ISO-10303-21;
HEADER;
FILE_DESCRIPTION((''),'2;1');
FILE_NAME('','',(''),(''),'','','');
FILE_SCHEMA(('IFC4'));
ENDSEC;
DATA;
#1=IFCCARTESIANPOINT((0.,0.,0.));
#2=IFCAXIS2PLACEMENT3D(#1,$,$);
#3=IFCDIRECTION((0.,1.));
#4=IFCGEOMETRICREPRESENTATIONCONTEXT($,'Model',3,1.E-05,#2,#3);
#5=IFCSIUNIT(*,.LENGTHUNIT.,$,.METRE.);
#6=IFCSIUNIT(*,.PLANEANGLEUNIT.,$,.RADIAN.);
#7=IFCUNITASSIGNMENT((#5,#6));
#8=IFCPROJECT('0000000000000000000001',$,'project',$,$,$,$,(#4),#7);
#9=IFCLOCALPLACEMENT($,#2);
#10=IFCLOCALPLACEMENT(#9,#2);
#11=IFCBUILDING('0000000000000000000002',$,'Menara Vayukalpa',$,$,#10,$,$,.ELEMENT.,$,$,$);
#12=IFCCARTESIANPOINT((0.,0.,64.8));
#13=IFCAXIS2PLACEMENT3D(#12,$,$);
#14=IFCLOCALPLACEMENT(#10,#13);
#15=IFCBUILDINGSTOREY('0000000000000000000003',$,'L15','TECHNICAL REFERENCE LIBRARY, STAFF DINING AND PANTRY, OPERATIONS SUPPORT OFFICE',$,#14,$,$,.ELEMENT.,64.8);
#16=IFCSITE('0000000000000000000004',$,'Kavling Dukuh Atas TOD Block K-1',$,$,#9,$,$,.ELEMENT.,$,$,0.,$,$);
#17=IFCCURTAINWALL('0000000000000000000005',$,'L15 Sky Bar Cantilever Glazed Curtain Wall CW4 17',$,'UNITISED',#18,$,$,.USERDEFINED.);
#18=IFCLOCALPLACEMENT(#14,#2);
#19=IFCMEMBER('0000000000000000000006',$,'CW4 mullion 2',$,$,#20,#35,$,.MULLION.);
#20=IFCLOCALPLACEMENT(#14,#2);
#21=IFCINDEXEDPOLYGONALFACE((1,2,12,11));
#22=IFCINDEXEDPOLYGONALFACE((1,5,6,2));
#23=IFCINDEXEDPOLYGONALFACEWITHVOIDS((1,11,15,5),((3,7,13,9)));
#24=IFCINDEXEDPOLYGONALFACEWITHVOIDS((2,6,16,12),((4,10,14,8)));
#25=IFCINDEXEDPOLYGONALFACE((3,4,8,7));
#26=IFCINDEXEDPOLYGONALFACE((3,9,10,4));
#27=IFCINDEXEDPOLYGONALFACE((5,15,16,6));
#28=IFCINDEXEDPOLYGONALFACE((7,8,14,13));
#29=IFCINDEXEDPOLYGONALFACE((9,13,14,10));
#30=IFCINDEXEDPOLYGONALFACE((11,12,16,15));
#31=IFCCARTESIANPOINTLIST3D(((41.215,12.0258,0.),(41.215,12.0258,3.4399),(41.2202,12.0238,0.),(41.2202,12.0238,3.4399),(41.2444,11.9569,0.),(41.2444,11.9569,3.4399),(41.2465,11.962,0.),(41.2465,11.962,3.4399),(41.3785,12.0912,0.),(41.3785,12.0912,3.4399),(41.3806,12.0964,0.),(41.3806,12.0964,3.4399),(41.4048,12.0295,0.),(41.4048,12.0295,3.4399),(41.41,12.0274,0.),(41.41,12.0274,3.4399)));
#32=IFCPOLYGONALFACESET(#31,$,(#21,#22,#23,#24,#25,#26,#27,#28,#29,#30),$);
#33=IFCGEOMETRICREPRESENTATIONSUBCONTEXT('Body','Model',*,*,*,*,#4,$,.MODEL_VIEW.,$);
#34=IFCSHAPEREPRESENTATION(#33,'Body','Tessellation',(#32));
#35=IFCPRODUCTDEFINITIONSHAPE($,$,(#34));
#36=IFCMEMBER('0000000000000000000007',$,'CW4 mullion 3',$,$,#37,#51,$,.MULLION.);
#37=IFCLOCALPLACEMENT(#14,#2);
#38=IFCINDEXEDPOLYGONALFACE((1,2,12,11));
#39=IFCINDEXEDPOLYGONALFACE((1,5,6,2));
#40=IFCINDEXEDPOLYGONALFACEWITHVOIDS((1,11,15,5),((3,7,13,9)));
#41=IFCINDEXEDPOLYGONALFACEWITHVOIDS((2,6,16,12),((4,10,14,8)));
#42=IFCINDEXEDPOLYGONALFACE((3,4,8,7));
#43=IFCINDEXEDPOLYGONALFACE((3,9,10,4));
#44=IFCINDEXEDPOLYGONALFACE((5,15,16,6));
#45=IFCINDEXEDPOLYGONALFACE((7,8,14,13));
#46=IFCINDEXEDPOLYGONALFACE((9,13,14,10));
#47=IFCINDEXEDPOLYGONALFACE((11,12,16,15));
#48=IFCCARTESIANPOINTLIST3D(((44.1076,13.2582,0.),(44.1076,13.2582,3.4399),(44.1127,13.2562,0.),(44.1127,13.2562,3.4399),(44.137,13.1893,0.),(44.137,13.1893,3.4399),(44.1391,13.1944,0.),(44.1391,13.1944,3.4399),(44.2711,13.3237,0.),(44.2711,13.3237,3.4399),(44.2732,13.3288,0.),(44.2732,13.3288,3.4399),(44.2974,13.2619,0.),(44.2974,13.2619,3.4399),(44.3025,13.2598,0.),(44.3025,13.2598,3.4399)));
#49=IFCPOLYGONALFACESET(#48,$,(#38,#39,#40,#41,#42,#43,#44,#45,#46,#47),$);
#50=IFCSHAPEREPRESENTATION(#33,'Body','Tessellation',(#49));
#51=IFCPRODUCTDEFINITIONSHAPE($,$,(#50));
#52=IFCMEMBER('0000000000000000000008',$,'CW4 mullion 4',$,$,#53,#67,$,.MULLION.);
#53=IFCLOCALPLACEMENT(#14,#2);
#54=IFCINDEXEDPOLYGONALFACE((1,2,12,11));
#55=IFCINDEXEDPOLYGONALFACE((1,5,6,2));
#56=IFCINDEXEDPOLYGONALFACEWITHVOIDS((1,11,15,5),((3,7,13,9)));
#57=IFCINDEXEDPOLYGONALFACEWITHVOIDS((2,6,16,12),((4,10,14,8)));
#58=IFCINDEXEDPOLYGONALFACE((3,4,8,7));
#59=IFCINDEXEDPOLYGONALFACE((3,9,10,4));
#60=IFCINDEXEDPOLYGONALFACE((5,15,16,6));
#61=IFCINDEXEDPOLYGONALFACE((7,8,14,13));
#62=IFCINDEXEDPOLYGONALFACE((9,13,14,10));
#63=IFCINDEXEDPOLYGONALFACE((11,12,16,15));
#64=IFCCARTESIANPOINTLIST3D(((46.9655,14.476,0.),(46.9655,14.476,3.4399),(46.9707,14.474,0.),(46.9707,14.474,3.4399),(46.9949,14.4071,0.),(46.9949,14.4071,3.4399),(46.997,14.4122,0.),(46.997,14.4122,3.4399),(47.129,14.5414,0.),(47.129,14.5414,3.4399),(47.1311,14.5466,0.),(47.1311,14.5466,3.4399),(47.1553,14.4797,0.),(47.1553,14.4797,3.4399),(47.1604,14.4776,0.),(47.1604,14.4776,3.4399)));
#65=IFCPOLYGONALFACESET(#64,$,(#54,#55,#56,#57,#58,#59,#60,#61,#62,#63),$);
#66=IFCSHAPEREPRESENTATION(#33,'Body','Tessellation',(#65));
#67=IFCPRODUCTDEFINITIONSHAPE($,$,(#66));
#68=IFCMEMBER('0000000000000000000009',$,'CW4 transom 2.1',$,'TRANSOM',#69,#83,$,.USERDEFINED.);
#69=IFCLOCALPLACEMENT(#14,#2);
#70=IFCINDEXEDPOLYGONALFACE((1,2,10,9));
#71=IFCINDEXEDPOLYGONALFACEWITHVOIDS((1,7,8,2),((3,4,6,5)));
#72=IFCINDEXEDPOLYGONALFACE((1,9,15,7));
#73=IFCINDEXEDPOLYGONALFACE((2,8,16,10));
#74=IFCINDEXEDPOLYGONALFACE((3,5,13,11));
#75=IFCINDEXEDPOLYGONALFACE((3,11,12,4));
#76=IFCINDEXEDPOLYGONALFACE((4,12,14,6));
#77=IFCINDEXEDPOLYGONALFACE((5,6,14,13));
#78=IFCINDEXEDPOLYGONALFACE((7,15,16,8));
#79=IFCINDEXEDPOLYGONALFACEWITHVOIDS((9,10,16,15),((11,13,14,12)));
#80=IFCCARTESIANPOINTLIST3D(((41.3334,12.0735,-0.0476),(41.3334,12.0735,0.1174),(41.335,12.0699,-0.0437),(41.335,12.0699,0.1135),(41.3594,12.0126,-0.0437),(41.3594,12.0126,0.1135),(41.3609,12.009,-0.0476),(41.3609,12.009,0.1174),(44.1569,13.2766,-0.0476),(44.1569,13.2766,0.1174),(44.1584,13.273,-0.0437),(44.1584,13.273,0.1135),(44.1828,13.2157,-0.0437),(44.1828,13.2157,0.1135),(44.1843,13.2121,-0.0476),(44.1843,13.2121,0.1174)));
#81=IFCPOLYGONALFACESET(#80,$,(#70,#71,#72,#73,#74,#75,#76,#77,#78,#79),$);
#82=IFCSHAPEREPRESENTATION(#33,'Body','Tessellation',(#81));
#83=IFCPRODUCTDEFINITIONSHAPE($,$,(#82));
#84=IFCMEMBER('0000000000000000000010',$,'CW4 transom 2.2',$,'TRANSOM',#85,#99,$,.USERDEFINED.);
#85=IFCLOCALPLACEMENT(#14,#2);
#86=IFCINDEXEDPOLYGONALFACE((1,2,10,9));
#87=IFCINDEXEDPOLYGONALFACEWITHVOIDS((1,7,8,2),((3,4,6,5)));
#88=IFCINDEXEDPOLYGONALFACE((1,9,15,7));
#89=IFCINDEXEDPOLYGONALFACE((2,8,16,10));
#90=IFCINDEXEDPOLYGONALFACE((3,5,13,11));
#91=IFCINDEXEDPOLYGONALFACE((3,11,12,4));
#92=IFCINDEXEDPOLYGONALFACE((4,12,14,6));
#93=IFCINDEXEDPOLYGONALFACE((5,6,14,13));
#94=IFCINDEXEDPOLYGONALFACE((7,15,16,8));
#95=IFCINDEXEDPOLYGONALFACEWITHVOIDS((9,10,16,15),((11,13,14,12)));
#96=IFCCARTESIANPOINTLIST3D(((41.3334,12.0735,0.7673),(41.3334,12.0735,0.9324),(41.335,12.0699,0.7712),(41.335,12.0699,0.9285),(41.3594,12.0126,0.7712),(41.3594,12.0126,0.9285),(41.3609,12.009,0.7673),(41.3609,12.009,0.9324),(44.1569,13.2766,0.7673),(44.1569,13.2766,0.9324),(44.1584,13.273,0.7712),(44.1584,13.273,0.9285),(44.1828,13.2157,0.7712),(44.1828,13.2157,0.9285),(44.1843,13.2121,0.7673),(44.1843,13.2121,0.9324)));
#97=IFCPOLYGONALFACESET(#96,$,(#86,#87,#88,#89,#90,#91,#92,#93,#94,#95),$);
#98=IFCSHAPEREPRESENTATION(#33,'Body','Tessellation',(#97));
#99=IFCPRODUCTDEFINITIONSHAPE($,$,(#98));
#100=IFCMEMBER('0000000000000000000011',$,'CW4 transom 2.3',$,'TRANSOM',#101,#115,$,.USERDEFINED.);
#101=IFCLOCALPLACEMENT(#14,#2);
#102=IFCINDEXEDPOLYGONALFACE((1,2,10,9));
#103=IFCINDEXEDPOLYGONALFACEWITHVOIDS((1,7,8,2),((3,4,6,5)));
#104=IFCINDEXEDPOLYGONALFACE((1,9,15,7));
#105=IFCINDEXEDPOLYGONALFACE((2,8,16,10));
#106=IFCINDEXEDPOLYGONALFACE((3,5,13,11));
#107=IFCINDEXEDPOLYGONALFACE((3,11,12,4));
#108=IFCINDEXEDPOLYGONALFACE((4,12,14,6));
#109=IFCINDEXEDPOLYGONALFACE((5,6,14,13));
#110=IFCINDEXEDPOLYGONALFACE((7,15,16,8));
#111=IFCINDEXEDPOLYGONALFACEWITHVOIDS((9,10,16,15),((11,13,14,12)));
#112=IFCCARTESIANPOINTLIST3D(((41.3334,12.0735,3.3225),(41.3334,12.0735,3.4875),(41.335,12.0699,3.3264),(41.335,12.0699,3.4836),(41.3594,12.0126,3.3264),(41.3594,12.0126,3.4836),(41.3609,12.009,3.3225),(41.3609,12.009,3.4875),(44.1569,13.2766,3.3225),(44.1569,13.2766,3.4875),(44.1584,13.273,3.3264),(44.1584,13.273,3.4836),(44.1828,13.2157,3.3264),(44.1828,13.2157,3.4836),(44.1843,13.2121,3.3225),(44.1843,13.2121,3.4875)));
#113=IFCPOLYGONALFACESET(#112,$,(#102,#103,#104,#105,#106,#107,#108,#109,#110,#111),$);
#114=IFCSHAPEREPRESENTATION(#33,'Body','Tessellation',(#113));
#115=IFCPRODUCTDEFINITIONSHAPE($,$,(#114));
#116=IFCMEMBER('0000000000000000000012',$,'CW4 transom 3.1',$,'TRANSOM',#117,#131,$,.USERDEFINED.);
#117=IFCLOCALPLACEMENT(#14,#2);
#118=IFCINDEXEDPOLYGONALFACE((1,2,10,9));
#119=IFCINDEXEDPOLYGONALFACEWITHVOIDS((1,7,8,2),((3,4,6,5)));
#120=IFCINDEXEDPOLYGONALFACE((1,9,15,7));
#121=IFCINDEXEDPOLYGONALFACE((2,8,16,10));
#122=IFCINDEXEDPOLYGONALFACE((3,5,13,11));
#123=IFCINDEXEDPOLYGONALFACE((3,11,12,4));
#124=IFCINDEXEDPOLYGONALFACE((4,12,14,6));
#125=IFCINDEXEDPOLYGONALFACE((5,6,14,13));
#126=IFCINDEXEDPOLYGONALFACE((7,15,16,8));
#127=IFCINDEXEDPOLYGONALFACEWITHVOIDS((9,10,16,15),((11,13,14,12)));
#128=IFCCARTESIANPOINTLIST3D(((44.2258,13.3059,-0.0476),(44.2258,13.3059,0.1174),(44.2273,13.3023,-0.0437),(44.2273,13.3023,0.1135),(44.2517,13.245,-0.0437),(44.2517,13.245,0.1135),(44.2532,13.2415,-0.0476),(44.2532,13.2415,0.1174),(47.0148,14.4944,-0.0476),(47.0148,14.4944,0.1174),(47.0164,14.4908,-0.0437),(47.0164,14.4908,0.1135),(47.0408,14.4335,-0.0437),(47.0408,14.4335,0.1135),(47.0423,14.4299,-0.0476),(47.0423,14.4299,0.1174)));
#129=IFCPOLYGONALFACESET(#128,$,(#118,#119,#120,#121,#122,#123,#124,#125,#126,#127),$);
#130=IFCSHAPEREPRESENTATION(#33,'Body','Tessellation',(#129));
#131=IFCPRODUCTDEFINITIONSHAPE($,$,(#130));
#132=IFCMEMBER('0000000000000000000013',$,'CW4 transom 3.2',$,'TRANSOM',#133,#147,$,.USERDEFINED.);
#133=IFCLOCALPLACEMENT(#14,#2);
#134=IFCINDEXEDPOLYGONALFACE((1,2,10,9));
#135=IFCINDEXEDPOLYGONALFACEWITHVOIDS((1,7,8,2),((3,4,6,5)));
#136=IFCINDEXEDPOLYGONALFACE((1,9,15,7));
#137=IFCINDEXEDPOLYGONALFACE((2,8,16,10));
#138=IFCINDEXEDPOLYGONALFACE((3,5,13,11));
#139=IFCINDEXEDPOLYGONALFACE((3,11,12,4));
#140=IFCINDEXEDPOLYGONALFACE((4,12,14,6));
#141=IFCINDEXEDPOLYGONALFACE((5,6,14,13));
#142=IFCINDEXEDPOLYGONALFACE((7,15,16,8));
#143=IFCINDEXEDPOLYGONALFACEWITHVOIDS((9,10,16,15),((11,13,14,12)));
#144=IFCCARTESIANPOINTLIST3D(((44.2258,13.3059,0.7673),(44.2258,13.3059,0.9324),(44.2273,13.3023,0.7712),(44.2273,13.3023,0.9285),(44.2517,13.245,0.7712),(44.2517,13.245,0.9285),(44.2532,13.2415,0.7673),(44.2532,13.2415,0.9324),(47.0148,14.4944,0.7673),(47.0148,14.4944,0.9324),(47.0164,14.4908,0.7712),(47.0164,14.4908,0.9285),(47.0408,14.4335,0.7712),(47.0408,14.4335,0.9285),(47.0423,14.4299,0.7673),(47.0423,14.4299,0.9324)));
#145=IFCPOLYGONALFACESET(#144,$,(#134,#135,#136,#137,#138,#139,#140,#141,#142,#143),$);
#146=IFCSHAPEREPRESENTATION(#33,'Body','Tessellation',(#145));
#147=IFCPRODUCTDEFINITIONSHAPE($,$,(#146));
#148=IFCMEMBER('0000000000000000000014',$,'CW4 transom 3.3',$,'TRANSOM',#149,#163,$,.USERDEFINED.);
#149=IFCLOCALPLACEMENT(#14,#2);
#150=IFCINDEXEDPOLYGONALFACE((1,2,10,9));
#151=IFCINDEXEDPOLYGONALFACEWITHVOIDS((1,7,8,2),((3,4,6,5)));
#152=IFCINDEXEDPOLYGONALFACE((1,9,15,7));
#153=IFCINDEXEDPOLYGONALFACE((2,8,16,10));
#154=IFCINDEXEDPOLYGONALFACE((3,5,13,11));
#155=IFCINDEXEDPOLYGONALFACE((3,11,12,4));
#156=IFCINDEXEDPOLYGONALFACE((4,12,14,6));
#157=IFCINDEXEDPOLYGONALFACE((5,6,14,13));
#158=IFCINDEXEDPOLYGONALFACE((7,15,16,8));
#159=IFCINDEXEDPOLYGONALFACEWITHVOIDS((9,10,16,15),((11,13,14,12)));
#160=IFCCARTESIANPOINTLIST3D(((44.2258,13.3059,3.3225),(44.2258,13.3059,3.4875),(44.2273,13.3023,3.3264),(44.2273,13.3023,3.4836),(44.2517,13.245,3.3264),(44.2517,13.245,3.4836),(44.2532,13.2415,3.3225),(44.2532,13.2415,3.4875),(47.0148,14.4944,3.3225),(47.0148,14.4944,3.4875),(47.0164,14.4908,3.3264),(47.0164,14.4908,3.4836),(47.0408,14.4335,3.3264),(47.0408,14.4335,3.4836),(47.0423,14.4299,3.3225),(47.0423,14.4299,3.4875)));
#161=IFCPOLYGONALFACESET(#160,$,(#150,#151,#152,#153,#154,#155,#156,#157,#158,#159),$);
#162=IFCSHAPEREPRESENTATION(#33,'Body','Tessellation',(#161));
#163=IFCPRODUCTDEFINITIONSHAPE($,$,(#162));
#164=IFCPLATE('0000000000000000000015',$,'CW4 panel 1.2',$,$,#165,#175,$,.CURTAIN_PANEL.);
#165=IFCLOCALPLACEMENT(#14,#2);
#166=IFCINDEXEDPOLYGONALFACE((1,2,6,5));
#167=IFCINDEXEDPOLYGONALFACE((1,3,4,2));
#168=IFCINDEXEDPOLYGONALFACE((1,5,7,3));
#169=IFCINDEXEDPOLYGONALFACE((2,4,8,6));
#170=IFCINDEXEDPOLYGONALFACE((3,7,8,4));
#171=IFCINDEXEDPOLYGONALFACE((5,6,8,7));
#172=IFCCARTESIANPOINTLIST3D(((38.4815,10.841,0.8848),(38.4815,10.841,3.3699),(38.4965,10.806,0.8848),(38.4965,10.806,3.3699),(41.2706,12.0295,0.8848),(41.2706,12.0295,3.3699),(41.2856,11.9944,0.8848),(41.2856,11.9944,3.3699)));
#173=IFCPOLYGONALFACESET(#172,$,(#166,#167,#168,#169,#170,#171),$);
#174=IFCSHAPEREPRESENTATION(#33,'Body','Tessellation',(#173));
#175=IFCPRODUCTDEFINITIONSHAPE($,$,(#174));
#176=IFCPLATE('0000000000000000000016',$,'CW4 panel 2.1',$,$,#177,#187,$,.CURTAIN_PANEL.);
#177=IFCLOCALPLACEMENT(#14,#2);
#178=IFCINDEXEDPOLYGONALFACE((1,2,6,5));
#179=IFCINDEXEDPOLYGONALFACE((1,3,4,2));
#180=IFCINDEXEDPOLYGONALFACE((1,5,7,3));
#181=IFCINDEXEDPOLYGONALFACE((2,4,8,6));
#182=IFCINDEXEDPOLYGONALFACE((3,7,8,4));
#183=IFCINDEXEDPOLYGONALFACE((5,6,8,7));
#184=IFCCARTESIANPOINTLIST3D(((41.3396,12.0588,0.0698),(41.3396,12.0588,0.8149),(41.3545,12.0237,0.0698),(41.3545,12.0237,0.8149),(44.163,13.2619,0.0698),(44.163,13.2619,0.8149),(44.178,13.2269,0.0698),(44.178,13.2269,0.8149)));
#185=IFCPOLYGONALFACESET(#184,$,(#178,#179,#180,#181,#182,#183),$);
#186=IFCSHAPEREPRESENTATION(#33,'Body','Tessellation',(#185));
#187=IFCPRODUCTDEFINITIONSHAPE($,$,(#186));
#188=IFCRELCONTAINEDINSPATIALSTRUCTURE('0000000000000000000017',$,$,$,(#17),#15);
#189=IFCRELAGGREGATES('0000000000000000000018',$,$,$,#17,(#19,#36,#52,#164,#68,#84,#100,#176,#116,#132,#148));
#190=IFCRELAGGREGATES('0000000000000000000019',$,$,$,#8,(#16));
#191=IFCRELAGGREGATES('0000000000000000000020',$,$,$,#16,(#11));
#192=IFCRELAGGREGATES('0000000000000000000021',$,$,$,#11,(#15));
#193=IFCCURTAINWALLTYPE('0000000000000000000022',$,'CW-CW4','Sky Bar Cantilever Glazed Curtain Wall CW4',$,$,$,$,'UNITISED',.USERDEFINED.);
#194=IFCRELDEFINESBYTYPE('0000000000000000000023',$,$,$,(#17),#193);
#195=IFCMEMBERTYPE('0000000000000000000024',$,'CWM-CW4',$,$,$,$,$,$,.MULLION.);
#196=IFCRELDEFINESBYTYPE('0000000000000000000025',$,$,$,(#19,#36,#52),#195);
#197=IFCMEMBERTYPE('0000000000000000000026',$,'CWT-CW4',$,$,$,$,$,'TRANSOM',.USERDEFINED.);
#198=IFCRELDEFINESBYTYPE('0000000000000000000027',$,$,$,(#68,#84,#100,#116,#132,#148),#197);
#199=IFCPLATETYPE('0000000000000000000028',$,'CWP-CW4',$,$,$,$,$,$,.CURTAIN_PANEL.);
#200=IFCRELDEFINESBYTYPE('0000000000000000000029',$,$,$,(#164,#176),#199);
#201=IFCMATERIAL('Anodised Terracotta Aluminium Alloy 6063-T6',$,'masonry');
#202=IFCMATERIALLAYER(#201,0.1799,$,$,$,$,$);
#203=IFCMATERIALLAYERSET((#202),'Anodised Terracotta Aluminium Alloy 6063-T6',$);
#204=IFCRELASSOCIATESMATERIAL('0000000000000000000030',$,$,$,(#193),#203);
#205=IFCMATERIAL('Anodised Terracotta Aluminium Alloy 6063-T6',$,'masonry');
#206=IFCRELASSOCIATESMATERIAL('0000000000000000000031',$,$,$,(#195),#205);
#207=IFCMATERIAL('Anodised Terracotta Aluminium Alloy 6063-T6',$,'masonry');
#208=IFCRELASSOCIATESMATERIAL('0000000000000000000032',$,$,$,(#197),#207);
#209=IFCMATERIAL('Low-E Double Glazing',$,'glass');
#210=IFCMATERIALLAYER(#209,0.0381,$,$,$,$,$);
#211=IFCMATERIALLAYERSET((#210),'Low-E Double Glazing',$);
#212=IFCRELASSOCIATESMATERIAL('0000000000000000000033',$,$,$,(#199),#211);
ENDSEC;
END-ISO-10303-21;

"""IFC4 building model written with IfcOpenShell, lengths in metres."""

from ifc_helpers import new_model, si_unit, direction, frame, origin, origin_2d, place, context, subcontext, project, spatial, rectangle, hollow_rectangle, extrude, material, layer, layer_set, material_profile, profile_set, type_object, element, aggregate, save


model = new_model("IFC4")

# Units and contexts
model_context = context("Model", 3, precision=1e-05, world=origin(), true_north=direction((0.0, 1.0)))
body_context = subcontext(model_context, "Body", "Model", "MODEL_VIEW")
ifc_project = project(units=[si_unit("LENGTHUNIT", "METRE"), si_unit("PLANEANGLEUNIT", "RADIAN")], contexts=[model_context])

# Site, building, storey
site_placement = place(None, origin())
site = spatial("IfcSite", under=ifc_project, at=site_placement, Name="Kavling Dukuh Atas TOD Block K-1", CompositionType="ELEMENT", RefElevation=0.0)
building_placement = place(site_placement, origin())
building = spatial("IfcBuilding", under=site, at=building_placement, Name="Menara Vayukalpa", CompositionType="ELEMENT")
storey_placement = place(building_placement, frame((0.0, 0.0, 64.8)))
storey = spatial("IfcBuildingStorey", under=building, at=storey_placement, Name="L15", Description="TECHNICAL REFERENCE LIBRARY, STAFF DINING AND PANTRY, OPERATIONS SUPPORT OFFICE", CompositionType="ELEMENT", Elevation=64.8)

# Curtain wall, members, plates
ifc_material_1 = material(Name="Anodised Terracotta Aluminium Alloy 6063-T6", Category="masonry")
ifc_layer_1 = layer(ifc_material_1, 0.1799)
ifc_layer_set_1 = layer_set([ifc_layer_1], Name="Anodised Terracotta Aluminium Alloy 6063-T6")
curtain_wall_type = type_object("IfcCurtainWallType", Name="CW-CW4", Description="Sky Bar Cantilever Glazed Curtain Wall CW4", ElementType="UNITISED", PredefinedType="USERDEFINED", material=ifc_layer_set_1)
curtain_wall_placement = place(storey_placement, origin())
curtain_wall = element("IfcCurtainWall", 1, at=curtain_wall_placement, inside=storey, type_object=curtain_wall_type, Name="L15 Sky Bar Cantilever Glazed Curtain Wall CW4 17", ObjectType="UNITISED", PredefinedType="USERDEFINED")
ifc_material_2 = material(Name="Anodised Terracotta Aluminium Alloy 6063-T6", Category="masonry")
ifc_material_profile_1 = material_profile(ifc_material_2, hollow_rectangle(XDim=0.075, YDim=0.1799, WallThickness=0.0039, at=origin_2d()), Name="ALU 75x180x4")
ifc_profile_set_1 = profile_set([ifc_material_profile_1], Name="Anodised Terracotta Aluminium Alloy 6063-T6")
member_type_1 = type_object("IfcMemberType", Name="CWM-CW4", PredefinedType="MULLION", material=ifc_profile_set_1)
member_1_placement = place(storey_placement, frame((41.3125, 12.0266, 0.0), z_axis=(0.0, 0.0, 1.0), x_axis=(-0.392008, 0.919962, 0.0)))
member_1 = element("IfcMember", 2, at=member_1_placement, type_object=member_type_1, Name="CW4 mullion 2", PredefinedType="MULLION", context=body_context, shape_type="SweptSolid", body=[
    extrude(hollow_rectangle(XDim=0.075, YDim=0.1799, WallThickness=0.0039, at=origin_2d()), origin(), (0.0, 0.0, 1.0), 3.4399),
])
member_2_placement = place(storey_placement, frame((44.2051, 13.259, 0.0), z_axis=(0.0, 0.0, 1.0), x_axis=(-0.392008, 0.919962, 0.0)))
member_2 = element("IfcMember", 3, at=member_2_placement, type_object=member_type_1, Name="CW4 mullion 3", PredefinedType="MULLION", context=body_context, shape_type="SweptSolid", body=[
    extrude(hollow_rectangle(XDim=0.075, YDim=0.1799, WallThickness=0.0039, at=origin_2d()), origin(), (0.0, 0.0, 1.0), 3.4399),
])
member_3_placement = place(storey_placement, frame((47.063, 14.4768, 0.0), z_axis=(0.0, 0.0, 1.0), x_axis=(-0.392008, 0.919962, 0.0)))
member_3 = element("IfcMember", 4, at=member_3_placement, type_object=member_type_1, Name="CW4 mullion 4", PredefinedType="MULLION", context=body_context, shape_type="SweptSolid", body=[
    extrude(hollow_rectangle(XDim=0.075, YDim=0.1799, WallThickness=0.0039, at=origin_2d()), origin(), (0.0, 0.0, 1.0), 3.4399),
])
ifc_material_3 = material(Name="Anodised Terracotta Aluminium Alloy 6063-T6", Category="masonry")
ifc_material_profile_2 = material_profile(ifc_material_3, hollow_rectangle(XDim=0.0701, YDim=0.165, WallThickness=0.0039, at=origin_2d()), Name="ALU 70x165x4")
ifc_profile_set_2 = profile_set([ifc_material_profile_2], Name="Anodised Terracotta Aluminium Alloy 6063-T6")
member_type_2 = type_object("IfcMemberType", Name="CWT-CW4", ElementType="TRANSOM", PredefinedType="USERDEFINED", material=ifc_profile_set_2)
member_4_placement = place(storey_placement, frame((41.3472, 12.0413, 0.0349), z_axis=(0.919962, 0.392008, 0.0), x_axis=(-0.392008, 0.919962, 0.0)))
member_4 = element("IfcMember", 5, at=member_4_placement, type_object=member_type_2, Name="CW4 transom 2.1", ObjectType="TRANSOM", PredefinedType="USERDEFINED", context=body_context, shape_type="SweptSolid", body=[
    extrude(hollow_rectangle(XDim=0.0701, YDim=0.165, WallThickness=0.0039, at=origin_2d()), origin(), (0.0, 0.0, 1.0), 3.0691),
])
member_5_placement = place(storey_placement, frame((41.3472, 12.0413, 0.8499), z_axis=(0.919962, 0.392008, 0.0), x_axis=(-0.392008, 0.919962, 0.0)))
member_5 = element("IfcMember", 6, at=member_5_placement, type_object=member_type_2, Name="CW4 transom 2.2", ObjectType="TRANSOM", PredefinedType="USERDEFINED", context=body_context, shape_type="SweptSolid", body=[
    extrude(hollow_rectangle(XDim=0.0701, YDim=0.165, WallThickness=0.0039, at=origin_2d()), origin(), (0.0, 0.0, 1.0), 3.0691),
])
member_6_placement = place(storey_placement, frame((41.3472, 12.0413, 3.405), z_axis=(0.919962, 0.392008, 0.0), x_axis=(-0.392008, 0.919962, 0.0)))
member_6 = element("IfcMember", 7, at=member_6_placement, type_object=member_type_2, Name="CW4 transom 2.3", ObjectType="TRANSOM", PredefinedType="USERDEFINED", context=body_context, shape_type="SweptSolid", body=[
    extrude(hollow_rectangle(XDim=0.0701, YDim=0.165, WallThickness=0.0039, at=origin_2d()), origin(), (0.0, 0.0, 1.0), 3.0691),
])
member_7_placement = place(storey_placement, frame((44.2395, 13.2737, 0.0349), z_axis=(0.919959, 0.392014, 0.0), x_axis=(-0.392014, 0.919959, 0.0)))
member_7 = element("IfcMember", 8, at=member_7_placement, type_object=member_type_2, Name="CW4 transom 3.1", ObjectType="TRANSOM", PredefinedType="USERDEFINED", context=body_context, shape_type="SweptSolid", body=[
    extrude(hollow_rectangle(XDim=0.0701, YDim=0.165, WallThickness=0.0039, at=origin_2d()), origin(), (0.0, 0.0, 1.0), 3.0317),
])
member_8_placement = place(storey_placement, frame((44.2395, 13.2737, 0.8499), z_axis=(0.919959, 0.392014, 0.0), x_axis=(-0.392014, 0.919959, 0.0)))
member_8 = element("IfcMember", 9, at=member_8_placement, type_object=member_type_2, Name="CW4 transom 3.2", ObjectType="TRANSOM", PredefinedType="USERDEFINED", context=body_context, shape_type="SweptSolid", body=[
    extrude(hollow_rectangle(XDim=0.0701, YDim=0.165, WallThickness=0.0039, at=origin_2d()), origin(), (0.0, 0.0, 1.0), 3.0317),
])
member_9_placement = place(storey_placement, frame((44.2395, 13.2737, 3.405), z_axis=(0.919959, 0.392014, 0.0), x_axis=(-0.392014, 0.919959, 0.0)))
member_9 = element("IfcMember", 10, at=member_9_placement, type_object=member_type_2, Name="CW4 transom 3.3", ObjectType="TRANSOM", PredefinedType="USERDEFINED", context=body_context, shape_type="SweptSolid", body=[
    extrude(hollow_rectangle(XDim=0.0701, YDim=0.165, WallThickness=0.0039, at=origin_2d()), origin(), (0.0, 0.0, 1.0), 3.0317),
])
ifc_material_4 = material(Name="Low-E Double Glazing", Category="glass")
ifc_layer_2 = layer(ifc_material_4, 0.0381)
ifc_layer_set_2 = layer_set([ifc_layer_2], Name="Low-E Double Glazing")
plate_type = type_object("IfcPlateType", Name="CWP-CW4", PredefinedType="CURTAIN_PANEL", material=ifc_layer_set_2)
plate_1_placement = place(storey_placement, frame((39.8835, 11.4177, 0.8848), z_axis=(0.0, 0.0, 1.0), x_axis=(0.919962, 0.392008, 0.0)))
plate_1 = element("IfcPlate", 11, at=plate_1_placement, type_object=plate_type, Name="CW4 panel 1.2", PredefinedType="CURTAIN_PANEL", context=body_context, shape_type="SweptSolid", body=[
    extrude(rectangle(XDim=3.0317, YDim=0.0381, at=origin_2d()), origin(), (0.0, 0.0, 1.0), 2.4851),
])
plate_2_placement = place(storey_placement, frame((42.7588, 12.6428, 0.0698), z_axis=(0.0, 0.0, 1.0), x_axis=(0.919962, 0.392008, 0.0)))
plate_2 = element("IfcPlate", 12, at=plate_2_placement, type_object=plate_type, Name="CW4 panel 2.1", PredefinedType="CURTAIN_PANEL", context=body_context, shape_type="SweptSolid", body=[
    extrude(rectangle(XDim=3.0691, YDim=0.0381, at=origin_2d()), origin(), (0.0, 0.0, 1.0), 0.7451),
])
aggregate(curtain_wall, [member_1, member_2, member_3, plate_1, member_4, member_5, member_6, plate_2, member_7, member_8, member_9])

save(model, "model.ifc")
